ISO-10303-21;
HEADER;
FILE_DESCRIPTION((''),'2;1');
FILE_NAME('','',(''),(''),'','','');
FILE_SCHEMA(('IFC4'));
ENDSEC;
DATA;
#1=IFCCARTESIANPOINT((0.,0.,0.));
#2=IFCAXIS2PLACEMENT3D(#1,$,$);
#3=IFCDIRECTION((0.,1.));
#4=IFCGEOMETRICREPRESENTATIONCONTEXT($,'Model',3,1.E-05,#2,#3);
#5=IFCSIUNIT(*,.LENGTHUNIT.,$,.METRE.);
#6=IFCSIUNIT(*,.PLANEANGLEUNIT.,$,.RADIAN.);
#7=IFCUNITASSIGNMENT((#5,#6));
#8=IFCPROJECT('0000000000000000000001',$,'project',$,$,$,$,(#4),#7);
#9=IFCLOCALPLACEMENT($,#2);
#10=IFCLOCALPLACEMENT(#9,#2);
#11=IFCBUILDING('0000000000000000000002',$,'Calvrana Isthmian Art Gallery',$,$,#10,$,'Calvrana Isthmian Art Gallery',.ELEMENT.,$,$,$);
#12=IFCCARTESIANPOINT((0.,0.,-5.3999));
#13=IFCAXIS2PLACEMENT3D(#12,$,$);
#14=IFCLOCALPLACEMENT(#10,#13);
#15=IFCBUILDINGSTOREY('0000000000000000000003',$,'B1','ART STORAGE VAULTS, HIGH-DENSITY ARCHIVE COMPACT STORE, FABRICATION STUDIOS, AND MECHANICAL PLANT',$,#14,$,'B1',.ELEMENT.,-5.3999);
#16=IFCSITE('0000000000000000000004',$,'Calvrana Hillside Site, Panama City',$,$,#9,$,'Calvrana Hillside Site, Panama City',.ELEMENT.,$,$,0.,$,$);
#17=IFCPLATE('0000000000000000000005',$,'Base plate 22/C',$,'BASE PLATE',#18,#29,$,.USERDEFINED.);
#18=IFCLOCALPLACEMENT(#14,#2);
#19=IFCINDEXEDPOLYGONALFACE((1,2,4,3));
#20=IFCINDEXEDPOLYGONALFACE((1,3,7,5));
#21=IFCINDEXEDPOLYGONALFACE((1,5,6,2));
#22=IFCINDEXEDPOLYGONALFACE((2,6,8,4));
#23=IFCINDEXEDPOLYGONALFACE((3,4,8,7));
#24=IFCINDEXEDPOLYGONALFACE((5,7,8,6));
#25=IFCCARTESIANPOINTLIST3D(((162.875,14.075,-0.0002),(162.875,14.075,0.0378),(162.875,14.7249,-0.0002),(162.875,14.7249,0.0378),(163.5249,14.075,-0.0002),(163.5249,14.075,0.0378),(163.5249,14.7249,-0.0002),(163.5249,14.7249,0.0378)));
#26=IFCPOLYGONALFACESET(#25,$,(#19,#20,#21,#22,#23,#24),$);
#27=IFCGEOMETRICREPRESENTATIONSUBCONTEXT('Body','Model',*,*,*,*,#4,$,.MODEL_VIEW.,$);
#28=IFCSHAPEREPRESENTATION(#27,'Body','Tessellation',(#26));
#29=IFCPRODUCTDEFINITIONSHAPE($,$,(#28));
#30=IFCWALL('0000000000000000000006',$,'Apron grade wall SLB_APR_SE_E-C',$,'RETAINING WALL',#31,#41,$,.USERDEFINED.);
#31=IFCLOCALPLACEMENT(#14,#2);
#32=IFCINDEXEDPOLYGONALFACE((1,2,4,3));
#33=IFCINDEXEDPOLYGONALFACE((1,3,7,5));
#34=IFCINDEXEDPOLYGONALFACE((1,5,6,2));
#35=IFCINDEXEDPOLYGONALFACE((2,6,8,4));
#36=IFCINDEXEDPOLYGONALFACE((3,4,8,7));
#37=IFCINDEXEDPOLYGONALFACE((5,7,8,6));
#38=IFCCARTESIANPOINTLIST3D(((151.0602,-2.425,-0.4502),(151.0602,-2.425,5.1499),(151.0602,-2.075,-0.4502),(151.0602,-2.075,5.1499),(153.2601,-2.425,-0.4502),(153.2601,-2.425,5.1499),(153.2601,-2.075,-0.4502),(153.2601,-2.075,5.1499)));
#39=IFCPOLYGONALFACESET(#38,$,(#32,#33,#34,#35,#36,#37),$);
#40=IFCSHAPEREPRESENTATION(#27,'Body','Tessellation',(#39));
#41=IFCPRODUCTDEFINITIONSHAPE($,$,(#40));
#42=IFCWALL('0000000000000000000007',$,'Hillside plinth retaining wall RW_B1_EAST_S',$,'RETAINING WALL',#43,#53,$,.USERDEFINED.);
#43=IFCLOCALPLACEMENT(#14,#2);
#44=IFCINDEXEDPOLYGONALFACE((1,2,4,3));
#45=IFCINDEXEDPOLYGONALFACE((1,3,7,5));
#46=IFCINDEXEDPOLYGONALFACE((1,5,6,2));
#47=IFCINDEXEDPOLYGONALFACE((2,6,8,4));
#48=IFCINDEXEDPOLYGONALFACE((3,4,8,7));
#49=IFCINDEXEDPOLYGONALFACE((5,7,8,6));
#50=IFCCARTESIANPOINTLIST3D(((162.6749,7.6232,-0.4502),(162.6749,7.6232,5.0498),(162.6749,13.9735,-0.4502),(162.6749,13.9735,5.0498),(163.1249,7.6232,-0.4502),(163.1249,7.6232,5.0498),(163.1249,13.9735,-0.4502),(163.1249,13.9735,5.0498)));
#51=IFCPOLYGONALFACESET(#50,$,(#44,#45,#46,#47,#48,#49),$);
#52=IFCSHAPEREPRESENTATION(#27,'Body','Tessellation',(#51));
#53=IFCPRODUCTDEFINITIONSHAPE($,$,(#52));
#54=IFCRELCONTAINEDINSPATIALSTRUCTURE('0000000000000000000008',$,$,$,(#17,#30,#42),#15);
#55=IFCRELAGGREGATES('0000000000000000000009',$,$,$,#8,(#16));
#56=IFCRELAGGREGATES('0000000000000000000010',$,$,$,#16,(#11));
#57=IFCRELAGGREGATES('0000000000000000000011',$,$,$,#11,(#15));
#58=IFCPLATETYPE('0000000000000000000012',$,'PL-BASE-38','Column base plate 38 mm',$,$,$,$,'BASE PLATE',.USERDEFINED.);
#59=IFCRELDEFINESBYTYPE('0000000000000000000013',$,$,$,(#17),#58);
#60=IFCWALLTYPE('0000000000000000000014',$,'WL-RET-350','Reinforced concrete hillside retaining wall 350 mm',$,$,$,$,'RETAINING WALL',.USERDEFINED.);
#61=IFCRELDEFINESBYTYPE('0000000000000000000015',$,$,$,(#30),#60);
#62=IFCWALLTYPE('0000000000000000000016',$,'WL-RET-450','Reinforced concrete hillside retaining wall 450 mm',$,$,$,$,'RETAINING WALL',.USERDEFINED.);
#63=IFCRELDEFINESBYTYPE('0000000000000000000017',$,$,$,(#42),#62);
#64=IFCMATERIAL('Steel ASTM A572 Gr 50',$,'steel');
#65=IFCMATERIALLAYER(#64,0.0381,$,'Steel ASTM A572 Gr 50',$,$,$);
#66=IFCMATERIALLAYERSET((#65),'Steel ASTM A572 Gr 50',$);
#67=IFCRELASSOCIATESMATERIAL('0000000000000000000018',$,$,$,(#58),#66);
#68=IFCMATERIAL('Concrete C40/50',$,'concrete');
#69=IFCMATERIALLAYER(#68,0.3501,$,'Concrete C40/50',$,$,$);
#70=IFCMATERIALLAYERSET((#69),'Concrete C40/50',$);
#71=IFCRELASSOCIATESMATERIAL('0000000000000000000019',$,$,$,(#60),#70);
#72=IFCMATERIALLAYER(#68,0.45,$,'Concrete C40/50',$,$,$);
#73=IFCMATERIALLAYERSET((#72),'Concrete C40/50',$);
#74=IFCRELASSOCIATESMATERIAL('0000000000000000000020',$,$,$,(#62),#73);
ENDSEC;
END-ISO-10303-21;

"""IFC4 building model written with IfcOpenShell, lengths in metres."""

from ifc_helpers import new_model, si_unit, direction, frame, frame_2d, origin, origin_2d, place, context, subcontext, project, spatial, rectangle, extrude, material, layer, layer_set, type_object, element, save


model = new_model("IFC4")

# Units and contexts
model_context = context("Model", 3, precision=1e-05, world=origin(), true_north=direction((0.0, 1.0)))
body_context = subcontext(model_context, "Body", "Model", "MODEL_VIEW")
ifc_project = project(units=[si_unit("LENGTHUNIT", "METRE"), si_unit("PLANEANGLEUNIT", "RADIAN")], contexts=[model_context])

# Site, building, storey
site_placement = place(None, origin())
site = spatial("IfcSite", under=ifc_project, at=site_placement, Name="Calvrana Hillside Site, Panama City", LongName="Calvrana Hillside Site, Panama City", CompositionType="ELEMENT", RefElevation=0.0)
building_placement = place(site_placement, origin())
building = spatial("IfcBuilding", under=site, at=building_placement, Name="Calvrana Isthmian Art Gallery", LongName="Calvrana Isthmian Art Gallery", CompositionType="ELEMENT")
storey_placement = place(building_placement, frame((0.0, 0.0, -5.3999)))
storey = spatial("IfcBuildingStorey", under=building, at=storey_placement, Name="B1", Description="ART STORAGE VAULTS, HIGH-DENSITY ARCHIVE COMPACT STORE, FABRICATION STUDIOS, AND MECHANICAL PLANT", LongName="B1", CompositionType="ELEMENT", Elevation=-5.3999)

# Plate
ifc_material_1 = material(Name="Steel ASTM A572 Gr 50", Category="steel")
ifc_layer_1 = layer(ifc_material_1, 0.0381, Name="Steel ASTM A572 Gr 50")
ifc_layer_set_1 = layer_set([ifc_layer_1], Name="Steel ASTM A572 Gr 50")
plate_type = type_object("IfcPlateType", Name="PL-BASE-38", Description="Column base plate 38 mm", ElementType="BASE PLATE", PredefinedType="USERDEFINED", material=ifc_layer_set_1)
for number, where, z_axis, x_axis, name in (
    (1, (163.2, 14.3999, -0.0002), (0.0, 0.0, 1.0), (1.0, 0.0, 0.0), "Base plate 22/C"),
):
    element("IfcPlate", number, at=place(storey_placement, frame(where, z_axis=z_axis, x_axis=x_axis)), inside=storey, type_object=plate_type, Name=name, ObjectType="BASE PLATE", PredefinedType="USERDEFINED", context=body_context, shape_type="SweptSolid", body=[
        extrude(rectangle(XDim=0.6499, YDim=0.6499, at=origin_2d()), origin(), (0.0, 0.0, 1.0), 0.0381),
    ])

# Walls
ifc_material_2 = material(Name="Concrete C40/50", Category="concrete")
ifc_layer_2 = layer(ifc_material_2, 0.3501, Name="Concrete C40/50")
ifc_layer_set_2 = layer_set([ifc_layer_2], Name="Concrete C40/50")
wall_type_1 = type_object("IfcWallType", Name="WL-RET-350", Description="Reinforced concrete hillside retaining wall 350 mm", ElementType="RETAINING WALL", PredefinedType="USERDEFINED", material=ifc_layer_set_2)
wall_1_placement = place(storey_placement, frame((151.0601, -2.25, -0.4502), z_axis=(0.0, 0.0, 1.0), x_axis=(1.0, 0.0, 0.0)))
element("IfcWall", 2, at=wall_1_placement, inside=storey, type_object=wall_type_1, Name="Apron grade wall SLB_APR_SE_E-C", ObjectType="RETAINING WALL", PredefinedType="USERDEFINED", context=body_context, shape_type="SweptSolid", body=[
    extrude(rectangle(XDim=2.2, YDim=0.3501, at=frame_2d((1.1001, 0.0))), origin(), (0.0, 0.0, 1.0), 5.6001),
])
ifc_layer_3 = layer(ifc_material_2, 0.45, Name="Concrete C40/50")
ifc_layer_set_3 = layer_set([ifc_layer_3], Name="Concrete C40/50")
wall_type_2 = type_object("IfcWallType", Name="WL-RET-450", Description="Reinforced concrete hillside retaining wall 450 mm", ElementType="RETAINING WALL", PredefinedType="USERDEFINED", material=ifc_layer_set_3)
wall_2_placement = place(storey_placement, frame((162.8999, 7.623, -0.4502), z_axis=(0.0, 0.0, 1.0), x_axis=(0.0, 1.0, 0.0)))
element("IfcWall", 3, at=wall_2_placement, inside=storey, type_object=wall_type_2, Name="Hillside plinth retaining wall RW_B1_EAST_S", ObjectType="RETAINING WALL", PredefinedType="USERDEFINED", context=body_context, shape_type="SweptSolid", body=[
    extrude(rectangle(XDim=6.3503, YDim=0.45, at=frame_2d((3.1753, 0.0))), origin(), (0.0, 0.0, 1.0), 5.5),
])

save(model, "model.ifc")
